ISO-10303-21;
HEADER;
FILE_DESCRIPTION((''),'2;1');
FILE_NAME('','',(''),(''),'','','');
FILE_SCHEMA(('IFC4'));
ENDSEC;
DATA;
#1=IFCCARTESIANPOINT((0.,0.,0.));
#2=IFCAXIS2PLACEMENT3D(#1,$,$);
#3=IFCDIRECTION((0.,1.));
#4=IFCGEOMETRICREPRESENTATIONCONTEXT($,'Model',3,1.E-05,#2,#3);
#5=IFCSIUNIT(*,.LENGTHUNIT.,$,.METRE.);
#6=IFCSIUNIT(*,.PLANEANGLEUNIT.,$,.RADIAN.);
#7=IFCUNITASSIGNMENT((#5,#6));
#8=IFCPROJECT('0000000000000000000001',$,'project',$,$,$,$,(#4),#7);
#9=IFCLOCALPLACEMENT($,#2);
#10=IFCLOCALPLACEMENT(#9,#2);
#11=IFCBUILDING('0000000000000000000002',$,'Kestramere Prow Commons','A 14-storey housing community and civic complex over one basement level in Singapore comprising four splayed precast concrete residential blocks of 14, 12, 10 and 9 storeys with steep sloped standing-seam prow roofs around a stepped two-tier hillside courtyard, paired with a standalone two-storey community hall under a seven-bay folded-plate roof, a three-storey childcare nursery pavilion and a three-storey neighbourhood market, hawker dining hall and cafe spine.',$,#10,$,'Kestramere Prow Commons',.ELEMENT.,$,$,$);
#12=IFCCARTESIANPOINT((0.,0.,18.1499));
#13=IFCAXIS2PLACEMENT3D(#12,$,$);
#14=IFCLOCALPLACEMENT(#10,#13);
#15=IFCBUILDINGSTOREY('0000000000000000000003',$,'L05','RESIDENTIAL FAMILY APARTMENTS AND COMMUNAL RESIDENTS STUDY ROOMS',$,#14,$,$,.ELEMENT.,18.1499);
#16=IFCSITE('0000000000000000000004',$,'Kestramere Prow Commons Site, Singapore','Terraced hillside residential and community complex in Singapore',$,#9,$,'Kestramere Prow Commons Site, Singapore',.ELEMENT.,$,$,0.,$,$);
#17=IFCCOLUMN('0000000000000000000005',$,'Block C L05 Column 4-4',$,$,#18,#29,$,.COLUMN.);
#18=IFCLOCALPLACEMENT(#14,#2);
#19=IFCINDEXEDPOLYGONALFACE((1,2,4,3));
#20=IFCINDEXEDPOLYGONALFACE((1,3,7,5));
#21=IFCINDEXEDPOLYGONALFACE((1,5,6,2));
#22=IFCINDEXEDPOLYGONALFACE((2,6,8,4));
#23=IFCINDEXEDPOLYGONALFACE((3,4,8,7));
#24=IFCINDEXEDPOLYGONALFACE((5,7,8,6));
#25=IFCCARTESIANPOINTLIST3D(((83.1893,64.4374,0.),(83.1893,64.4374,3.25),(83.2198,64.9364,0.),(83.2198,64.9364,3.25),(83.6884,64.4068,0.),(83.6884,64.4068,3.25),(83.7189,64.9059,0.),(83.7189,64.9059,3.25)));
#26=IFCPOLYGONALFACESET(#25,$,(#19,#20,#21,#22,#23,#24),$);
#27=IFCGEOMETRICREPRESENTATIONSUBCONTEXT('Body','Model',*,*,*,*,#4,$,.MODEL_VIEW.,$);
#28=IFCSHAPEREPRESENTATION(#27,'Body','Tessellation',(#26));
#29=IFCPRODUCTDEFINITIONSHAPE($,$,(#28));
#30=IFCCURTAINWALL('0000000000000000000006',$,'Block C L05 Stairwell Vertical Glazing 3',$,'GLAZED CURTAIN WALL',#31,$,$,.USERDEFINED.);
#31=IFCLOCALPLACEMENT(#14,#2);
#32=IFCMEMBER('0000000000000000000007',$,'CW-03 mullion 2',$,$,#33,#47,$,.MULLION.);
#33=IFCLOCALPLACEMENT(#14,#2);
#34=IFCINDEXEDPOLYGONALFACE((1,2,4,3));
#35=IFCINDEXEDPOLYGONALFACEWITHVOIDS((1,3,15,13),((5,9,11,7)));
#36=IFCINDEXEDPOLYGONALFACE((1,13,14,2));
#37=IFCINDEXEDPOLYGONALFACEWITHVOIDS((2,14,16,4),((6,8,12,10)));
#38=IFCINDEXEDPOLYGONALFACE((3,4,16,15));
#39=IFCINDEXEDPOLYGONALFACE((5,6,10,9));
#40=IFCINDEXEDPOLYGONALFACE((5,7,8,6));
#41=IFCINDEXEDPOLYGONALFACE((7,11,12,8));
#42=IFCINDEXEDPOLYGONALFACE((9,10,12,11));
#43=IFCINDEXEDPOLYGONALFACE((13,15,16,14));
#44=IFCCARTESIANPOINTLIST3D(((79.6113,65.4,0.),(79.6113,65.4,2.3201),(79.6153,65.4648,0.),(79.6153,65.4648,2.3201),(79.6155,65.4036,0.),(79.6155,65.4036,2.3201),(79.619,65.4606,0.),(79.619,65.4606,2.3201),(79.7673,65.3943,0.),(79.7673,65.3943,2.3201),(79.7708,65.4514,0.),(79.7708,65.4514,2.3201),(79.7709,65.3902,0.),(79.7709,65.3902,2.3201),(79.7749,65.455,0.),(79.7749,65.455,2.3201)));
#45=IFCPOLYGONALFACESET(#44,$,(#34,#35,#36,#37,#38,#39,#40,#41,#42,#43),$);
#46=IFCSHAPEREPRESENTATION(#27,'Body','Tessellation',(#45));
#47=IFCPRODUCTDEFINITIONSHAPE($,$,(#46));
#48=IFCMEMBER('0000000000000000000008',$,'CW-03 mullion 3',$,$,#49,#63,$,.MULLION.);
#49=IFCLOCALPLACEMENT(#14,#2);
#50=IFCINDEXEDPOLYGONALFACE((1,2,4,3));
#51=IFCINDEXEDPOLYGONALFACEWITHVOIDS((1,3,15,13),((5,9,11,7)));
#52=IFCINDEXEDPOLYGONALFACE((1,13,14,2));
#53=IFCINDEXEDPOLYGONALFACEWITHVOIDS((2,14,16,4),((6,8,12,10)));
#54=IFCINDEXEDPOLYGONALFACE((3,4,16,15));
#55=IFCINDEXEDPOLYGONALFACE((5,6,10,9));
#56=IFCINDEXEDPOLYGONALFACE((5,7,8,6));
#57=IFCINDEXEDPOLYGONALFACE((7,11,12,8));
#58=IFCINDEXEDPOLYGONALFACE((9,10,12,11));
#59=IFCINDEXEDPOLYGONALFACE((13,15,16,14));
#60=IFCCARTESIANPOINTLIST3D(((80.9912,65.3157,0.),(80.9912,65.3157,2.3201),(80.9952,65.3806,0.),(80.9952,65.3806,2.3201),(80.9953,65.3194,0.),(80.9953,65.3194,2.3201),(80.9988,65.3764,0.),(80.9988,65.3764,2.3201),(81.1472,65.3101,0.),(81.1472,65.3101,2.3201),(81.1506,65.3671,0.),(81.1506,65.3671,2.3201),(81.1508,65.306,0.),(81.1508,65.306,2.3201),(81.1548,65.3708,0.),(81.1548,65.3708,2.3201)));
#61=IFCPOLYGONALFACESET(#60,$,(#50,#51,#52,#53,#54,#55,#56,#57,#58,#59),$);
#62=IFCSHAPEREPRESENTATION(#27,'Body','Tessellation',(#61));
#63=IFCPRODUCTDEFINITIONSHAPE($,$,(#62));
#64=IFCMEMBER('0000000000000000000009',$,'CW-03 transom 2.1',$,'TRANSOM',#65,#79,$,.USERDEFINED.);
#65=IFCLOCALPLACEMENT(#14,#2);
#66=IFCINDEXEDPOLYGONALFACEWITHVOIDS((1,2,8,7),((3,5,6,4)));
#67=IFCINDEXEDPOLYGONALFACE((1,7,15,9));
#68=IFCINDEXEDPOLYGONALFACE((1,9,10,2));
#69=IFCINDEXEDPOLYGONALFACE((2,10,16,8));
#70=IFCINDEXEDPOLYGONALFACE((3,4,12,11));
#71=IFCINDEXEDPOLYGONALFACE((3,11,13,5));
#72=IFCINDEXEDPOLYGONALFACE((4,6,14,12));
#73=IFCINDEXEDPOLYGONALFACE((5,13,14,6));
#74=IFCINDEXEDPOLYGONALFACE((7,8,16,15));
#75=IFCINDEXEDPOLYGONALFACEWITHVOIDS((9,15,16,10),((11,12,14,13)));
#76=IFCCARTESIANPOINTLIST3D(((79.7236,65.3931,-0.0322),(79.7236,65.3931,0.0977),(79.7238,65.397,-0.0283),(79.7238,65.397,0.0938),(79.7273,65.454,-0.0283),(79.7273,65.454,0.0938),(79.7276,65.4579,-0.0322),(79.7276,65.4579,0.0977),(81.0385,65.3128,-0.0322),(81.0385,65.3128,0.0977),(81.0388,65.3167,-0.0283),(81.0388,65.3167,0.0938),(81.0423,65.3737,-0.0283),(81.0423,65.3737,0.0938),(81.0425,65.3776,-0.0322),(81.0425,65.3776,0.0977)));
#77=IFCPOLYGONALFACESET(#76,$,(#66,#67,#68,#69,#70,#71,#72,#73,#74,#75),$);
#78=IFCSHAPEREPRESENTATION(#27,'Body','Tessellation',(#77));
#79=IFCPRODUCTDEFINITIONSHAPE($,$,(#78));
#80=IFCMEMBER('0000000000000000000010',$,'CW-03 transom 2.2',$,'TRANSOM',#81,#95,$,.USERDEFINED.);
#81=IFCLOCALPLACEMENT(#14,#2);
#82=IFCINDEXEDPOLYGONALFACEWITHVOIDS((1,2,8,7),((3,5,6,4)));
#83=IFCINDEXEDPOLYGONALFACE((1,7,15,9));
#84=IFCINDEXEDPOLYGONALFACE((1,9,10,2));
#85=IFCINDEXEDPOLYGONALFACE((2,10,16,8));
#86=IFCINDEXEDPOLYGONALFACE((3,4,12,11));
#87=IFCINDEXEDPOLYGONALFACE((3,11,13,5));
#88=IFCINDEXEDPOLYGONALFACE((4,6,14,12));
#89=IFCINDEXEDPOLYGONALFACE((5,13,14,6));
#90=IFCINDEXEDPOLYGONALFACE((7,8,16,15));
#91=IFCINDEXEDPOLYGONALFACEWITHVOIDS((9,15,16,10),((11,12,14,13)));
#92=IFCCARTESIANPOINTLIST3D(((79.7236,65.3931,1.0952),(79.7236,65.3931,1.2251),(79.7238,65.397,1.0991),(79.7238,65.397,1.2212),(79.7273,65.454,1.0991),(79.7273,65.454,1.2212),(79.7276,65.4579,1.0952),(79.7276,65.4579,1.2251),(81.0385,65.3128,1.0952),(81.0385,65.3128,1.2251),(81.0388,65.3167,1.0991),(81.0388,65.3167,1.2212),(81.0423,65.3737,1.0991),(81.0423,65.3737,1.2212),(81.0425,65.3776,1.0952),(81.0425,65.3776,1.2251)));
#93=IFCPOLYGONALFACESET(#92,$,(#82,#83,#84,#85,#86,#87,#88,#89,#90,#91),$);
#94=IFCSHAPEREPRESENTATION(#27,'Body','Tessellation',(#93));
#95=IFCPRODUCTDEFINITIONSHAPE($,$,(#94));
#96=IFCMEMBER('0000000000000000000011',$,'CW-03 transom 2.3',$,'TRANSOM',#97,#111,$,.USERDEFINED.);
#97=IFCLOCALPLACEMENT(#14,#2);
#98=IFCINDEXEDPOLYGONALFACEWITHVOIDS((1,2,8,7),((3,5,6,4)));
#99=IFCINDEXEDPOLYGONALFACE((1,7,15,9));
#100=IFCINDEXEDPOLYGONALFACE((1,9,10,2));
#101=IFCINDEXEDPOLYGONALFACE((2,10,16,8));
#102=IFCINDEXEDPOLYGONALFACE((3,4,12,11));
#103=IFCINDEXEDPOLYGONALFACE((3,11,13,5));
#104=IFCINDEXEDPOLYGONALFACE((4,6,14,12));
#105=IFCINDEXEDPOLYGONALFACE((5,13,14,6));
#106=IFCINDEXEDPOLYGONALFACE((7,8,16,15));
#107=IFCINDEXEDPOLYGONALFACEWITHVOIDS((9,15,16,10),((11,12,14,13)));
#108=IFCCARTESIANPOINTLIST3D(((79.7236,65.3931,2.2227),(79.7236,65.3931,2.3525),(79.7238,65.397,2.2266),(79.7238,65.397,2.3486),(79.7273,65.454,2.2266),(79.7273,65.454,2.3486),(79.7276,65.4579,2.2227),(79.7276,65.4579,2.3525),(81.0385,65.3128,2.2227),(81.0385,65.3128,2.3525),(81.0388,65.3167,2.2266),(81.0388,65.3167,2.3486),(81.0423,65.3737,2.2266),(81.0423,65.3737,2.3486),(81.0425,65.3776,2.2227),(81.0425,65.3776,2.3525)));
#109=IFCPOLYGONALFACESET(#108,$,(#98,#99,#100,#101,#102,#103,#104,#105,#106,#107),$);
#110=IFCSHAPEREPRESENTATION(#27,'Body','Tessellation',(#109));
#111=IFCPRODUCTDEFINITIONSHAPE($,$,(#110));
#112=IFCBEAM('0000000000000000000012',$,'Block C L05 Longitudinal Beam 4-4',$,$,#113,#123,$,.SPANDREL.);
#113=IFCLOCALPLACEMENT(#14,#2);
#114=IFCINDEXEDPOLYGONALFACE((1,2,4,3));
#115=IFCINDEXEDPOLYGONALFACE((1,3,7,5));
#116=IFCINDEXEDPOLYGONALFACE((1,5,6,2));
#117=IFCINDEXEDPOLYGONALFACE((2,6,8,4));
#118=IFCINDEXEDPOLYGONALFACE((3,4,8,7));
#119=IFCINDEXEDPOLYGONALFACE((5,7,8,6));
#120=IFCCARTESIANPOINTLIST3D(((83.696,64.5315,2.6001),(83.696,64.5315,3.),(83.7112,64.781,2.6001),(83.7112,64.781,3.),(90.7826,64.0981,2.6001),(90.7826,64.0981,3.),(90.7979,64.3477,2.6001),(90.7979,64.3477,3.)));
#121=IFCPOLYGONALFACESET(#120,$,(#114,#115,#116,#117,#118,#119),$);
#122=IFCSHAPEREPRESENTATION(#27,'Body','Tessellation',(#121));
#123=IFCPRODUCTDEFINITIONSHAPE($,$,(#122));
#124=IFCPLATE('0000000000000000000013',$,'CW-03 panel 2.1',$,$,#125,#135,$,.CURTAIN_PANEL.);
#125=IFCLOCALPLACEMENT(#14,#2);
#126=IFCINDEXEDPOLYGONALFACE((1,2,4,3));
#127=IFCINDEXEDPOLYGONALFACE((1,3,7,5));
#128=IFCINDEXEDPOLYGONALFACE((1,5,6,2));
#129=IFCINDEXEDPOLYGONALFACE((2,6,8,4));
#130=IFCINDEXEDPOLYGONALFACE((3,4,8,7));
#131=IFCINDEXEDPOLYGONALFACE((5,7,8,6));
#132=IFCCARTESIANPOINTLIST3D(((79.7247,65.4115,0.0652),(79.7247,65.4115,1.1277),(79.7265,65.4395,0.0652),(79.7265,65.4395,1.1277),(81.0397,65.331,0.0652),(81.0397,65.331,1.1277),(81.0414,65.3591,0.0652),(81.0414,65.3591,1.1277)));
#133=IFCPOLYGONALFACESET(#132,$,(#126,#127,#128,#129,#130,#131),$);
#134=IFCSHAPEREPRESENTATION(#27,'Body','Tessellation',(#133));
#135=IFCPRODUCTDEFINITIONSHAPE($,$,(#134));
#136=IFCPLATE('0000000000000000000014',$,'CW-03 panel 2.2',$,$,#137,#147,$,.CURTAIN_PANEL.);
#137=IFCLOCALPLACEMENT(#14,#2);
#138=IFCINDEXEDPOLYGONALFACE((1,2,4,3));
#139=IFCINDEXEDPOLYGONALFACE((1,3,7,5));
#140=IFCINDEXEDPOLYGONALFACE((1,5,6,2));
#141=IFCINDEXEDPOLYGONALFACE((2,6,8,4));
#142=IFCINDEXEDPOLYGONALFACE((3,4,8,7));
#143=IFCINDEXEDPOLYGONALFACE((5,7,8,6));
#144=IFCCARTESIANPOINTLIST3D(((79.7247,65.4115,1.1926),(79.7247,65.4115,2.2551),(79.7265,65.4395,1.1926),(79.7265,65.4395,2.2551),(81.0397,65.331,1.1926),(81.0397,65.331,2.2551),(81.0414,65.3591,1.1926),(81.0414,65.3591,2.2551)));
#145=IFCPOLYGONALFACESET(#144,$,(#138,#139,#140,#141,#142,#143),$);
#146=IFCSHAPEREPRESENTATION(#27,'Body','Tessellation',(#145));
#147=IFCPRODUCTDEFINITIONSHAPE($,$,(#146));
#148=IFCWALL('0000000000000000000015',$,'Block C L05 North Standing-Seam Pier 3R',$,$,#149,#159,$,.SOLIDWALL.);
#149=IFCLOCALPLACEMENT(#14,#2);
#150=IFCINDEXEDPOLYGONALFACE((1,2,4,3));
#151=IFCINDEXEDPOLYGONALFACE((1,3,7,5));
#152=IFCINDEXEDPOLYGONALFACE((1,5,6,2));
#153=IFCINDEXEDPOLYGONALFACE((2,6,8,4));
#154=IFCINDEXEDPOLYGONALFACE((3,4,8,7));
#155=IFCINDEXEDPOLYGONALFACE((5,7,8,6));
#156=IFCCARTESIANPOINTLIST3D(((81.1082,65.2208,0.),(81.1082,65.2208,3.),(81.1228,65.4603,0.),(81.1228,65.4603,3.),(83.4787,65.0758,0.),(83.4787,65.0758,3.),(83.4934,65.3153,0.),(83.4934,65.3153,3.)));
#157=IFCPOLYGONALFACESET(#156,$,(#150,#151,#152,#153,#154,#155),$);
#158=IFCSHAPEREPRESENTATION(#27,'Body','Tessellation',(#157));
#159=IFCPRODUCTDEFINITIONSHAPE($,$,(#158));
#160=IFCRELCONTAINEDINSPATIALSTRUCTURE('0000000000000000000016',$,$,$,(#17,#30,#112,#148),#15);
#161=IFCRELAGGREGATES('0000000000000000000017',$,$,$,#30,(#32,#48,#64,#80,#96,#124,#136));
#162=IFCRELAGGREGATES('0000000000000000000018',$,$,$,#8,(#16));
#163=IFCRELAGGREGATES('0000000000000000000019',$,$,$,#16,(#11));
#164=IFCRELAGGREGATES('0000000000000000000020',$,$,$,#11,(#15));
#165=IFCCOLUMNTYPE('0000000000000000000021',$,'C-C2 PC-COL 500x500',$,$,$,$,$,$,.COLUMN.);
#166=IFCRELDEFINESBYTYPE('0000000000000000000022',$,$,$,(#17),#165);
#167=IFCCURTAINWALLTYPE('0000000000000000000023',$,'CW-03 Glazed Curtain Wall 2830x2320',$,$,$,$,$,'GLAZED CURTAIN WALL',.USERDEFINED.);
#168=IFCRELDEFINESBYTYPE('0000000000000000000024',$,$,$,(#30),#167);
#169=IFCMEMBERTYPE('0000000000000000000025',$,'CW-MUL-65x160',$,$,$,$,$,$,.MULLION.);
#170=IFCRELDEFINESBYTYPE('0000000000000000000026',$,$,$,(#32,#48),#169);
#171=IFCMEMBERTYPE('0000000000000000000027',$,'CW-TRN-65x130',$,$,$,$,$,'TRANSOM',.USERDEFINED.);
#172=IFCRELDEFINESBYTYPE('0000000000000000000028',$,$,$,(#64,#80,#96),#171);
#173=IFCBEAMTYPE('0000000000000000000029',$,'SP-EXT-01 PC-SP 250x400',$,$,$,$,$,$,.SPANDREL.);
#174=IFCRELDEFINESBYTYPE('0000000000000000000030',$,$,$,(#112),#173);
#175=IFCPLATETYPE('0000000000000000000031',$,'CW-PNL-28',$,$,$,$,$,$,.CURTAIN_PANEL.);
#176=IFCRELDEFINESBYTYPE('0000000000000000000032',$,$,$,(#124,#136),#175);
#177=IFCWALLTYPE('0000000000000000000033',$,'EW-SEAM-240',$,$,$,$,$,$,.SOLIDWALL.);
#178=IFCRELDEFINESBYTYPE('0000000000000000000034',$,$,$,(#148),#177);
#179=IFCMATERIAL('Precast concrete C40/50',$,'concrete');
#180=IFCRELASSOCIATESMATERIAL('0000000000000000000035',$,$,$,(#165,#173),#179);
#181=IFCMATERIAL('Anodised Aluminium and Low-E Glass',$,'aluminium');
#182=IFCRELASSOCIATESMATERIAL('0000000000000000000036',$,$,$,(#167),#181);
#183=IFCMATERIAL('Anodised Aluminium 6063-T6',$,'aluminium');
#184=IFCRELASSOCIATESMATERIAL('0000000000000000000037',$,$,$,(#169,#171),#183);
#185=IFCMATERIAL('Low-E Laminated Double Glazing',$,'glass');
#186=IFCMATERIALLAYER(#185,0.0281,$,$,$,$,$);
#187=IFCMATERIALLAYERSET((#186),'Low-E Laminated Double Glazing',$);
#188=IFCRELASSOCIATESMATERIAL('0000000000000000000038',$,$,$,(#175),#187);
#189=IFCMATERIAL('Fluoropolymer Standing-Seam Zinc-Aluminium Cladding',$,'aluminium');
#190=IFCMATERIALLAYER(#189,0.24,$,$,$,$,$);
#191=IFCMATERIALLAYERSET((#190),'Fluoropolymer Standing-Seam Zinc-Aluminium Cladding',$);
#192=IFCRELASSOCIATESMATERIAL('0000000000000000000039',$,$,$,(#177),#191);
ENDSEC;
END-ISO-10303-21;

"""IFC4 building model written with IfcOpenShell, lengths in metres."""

from ifc_helpers import new_model, si_unit, direction, frame, frame_2d, origin, origin_2d, place, context, subcontext, project, spatial, rectangle, hollow_rectangle, extrude, material, layer, layer_set, material_profile, profile_set, type_object, element, aggregate, save


model = new_model("IFC4")

# Units and contexts
model_context = context("Model", 3, precision=1e-05, world=origin(), true_north=direction((0.0, 1.0)))
body_context = subcontext(model_context, "Body", "Model", "MODEL_VIEW")
ifc_project = project(units=[si_unit("LENGTHUNIT", "METRE"), si_unit("PLANEANGLEUNIT", "RADIAN")], contexts=[model_context])

# Site, building, storey
site_placement = place(None, origin())
site = spatial("IfcSite", under=ifc_project, at=site_placement, Name="Kestramere Prow Commons Site, Singapore", Description="Terraced hillside residential and community complex in Singapore", LongName="Kestramere Prow Commons Site, Singapore", CompositionType="ELEMENT", RefElevation=0.0)
building_placement = place(site_placement, origin())
building = spatial("IfcBuilding", under=site, at=building_placement, Name="Kestramere Prow Commons", Description="A 14-storey housing community and civic complex over one basement level in Singapore comprising four splayed precast concrete residential blocks of 14, 12, 10 and 9 storeys with steep sloped standing-seam prow roofs around a stepped two-tier hillside courtyard, paired with a standalone two-storey community hall under a seven-bay folded-plate roof, a three-storey childcare nursery pavilion and a three-storey neighbourhood market, hawker dining hall and cafe spine.", LongName="Kestramere Prow Commons", CompositionType="ELEMENT")
storey_placement = place(building_placement, frame((0.0, 0.0, 18.1499)))
storey = spatial("IfcBuildingStorey", under=building, at=storey_placement, Name="L05", Description="RESIDENTIAL FAMILY APARTMENTS AND COMMUNAL RESIDENTS STUDY ROOMS", CompositionType="ELEMENT", Elevation=18.1499)

# Column
ifc_material_1 = material(Name="Precast concrete C40/50", Category="concrete")
ifc_material_profile_1 = material_profile(ifc_material_1, rectangle(XDim=0.5, YDim=0.5, at=origin_2d()), Name="PC-COL 500x500")
ifc_profile_set_1 = profile_set([ifc_material_profile_1], Name="Precast concrete C40/50")
column_type = type_object("IfcColumnType", Name="C-C2 PC-COL 500x500", PredefinedType="COLUMN", material=ifc_profile_set_1)
column_placement = place(storey_placement, frame((83.4541, 64.6716, 0.0), z_axis=(0.0, 0.0, 1.0), x_axis=(0.998135, -0.061049, 0.0)))
element("IfcColumn", 1, at=column_placement, inside=storey, type_object=column_type, Name="Block C L05 Column 4-4", PredefinedType="COLUMN", context=body_context, shape_type="SweptSolid", body=[
    extrude(rectangle(XDim=0.5, YDim=0.5, at=origin_2d()), origin(), (0.0, 0.0, 1.0), 3.25),
])

# Curtain wall, members
ifc_material_2 = material(Name="Anodised Aluminium and Low-E Glass", Category="aluminium")
curtain_wall_type = type_object("IfcCurtainWallType", Name="CW-03 Glazed Curtain Wall 2830x2320", ElementType="GLAZED CURTAIN WALL", PredefinedType="USERDEFINED", material=ifc_material_2)
curtain_wall_placement = place(storey_placement, origin())
curtain_wall = element("IfcCurtainWall", 2, at=curtain_wall_placement, inside=storey, type_object=curtain_wall_type, Name="Block C L05 Stairwell Vertical Glazing 3", ObjectType="GLAZED CURTAIN WALL", PredefinedType="USERDEFINED")
ifc_material_3 = material(Name="Anodised Aluminium 6063-T6", Category="aluminium")
ifc_material_profile_2 = material_profile(ifc_material_3, hollow_rectangle(XDim=0.0649, YDim=0.1599, WallThickness=0.0039, at=origin_2d()), Name="ALU-MUL 65x160")
ifc_profile_set_2 = profile_set([ifc_material_profile_2], Name="Anodised Aluminium 6063-T6")
member_type_1 = type_object("IfcMemberType", Name="CW-MUL-65x160", PredefinedType="MULLION", material=ifc_profile_set_2)
member_1_placement = place(storey_placement, frame((79.6931, 65.4275, 0.0), z_axis=(0.0, 0.0, 1.0), x_axis=(0.061048, 0.998135, 0.0)))
member_1 = element("IfcMember", 3, at=member_1_placement, type_object=member_type_1, Name="CW-03 mullion 2", PredefinedType="MULLION", context=body_context, shape_type="SweptSolid", body=[
    extrude(hollow_rectangle(XDim=0.0649, YDim=0.1599, WallThickness=0.0039, at=origin_2d()), origin(), (0.0, 0.0, 1.0), 2.3201),
])
member_2_placement = place(storey_placement, frame((81.073, 65.3433, 0.0), z_axis=(0.0, 0.0, 1.0), x_axis=(0.061048, 0.998135, 0.0)))
member_2 = element("IfcMember", 4, at=member_2_placement, type_object=member_type_1, Name="CW-03 mullion 3", PredefinedType="MULLION", context=body_context, shape_type="SweptSolid", body=[
    extrude(hollow_rectangle(XDim=0.0649, YDim=0.1599, WallThickness=0.0039, at=origin_2d()), origin(), (0.0, 0.0, 1.0), 2.3201),
])
ifc_material_profile_3 = material_profile(ifc_material_3, hollow_rectangle(XDim=0.0649, YDim=0.1299, WallThickness=0.0039, at=origin_2d()), Name="ALU-TRN 65x130")
ifc_profile_set_3 = profile_set([ifc_material_profile_3], Name="Anodised Aluminium 6063-T6")
member_type_2 = type_object("IfcMemberType", Name="CW-TRN-65x130", ElementType="TRANSOM", PredefinedType="USERDEFINED", material=ifc_profile_set_3)
member_3_placement = place(storey_placement, frame((79.7256, 65.4255, 0.0327), z_axis=(0.99814, -0.060971, 0.0), x_axis=(0.060971, 0.99814, 0.0)))
member_3 = element("IfcMember", 5, at=member_3_placement, type_object=member_type_2, Name="CW-03 transom 2.1", ObjectType="TRANSOM", PredefinedType="USERDEFINED", context=body_context, shape_type="SweptSolid", body=[
    extrude(hollow_rectangle(XDim=0.0649, YDim=0.1299, WallThickness=0.0039, at=origin_2d()), origin(), (0.0, 0.0, 1.0), 1.3174),
])
member_4_placement = place(storey_placement, frame((79.7256, 65.4255, 1.1602), z_axis=(0.99814, -0.060971, 0.0), x_axis=(0.060971, 0.99814, 0.0)))
member_4 = element("IfcMember", 6, at=member_4_placement, type_object=member_type_2, Name="CW-03 transom 2.2", ObjectType="TRANSOM", PredefinedType="USERDEFINED", context=body_context, shape_type="SweptSolid", body=[
    extrude(hollow_rectangle(XDim=0.0649, YDim=0.1299, WallThickness=0.0039, at=origin_2d()), origin(), (0.0, 0.0, 1.0), 1.3174),
])
member_5_placement = place(storey_placement, frame((79.7256, 65.4255, 2.2876), z_axis=(0.99814, -0.060971, 0.0), x_axis=(0.060971, 0.99814, 0.0)))
member_5 = element("IfcMember", 7, at=member_5_placement, type_object=member_type_2, Name="CW-03 transom 2.3", ObjectType="TRANSOM", PredefinedType="USERDEFINED", context=body_context, shape_type="SweptSolid", body=[
    extrude(hollow_rectangle(XDim=0.0649, YDim=0.1299, WallThickness=0.0039, at=origin_2d()), origin(), (0.0, 0.0, 1.0), 1.3174),
])

# Beam
ifc_material_profile_4 = material_profile(ifc_material_1, rectangle(XDim=0.25, YDim=0.3999, at=origin_2d()), Name="PC-SP 250x400")
ifc_profile_set_4 = profile_set([ifc_material_profile_4], Name="Precast concrete C40/50")
beam_type = type_object("IfcBeamType", Name="SP-EXT-01 PC-SP 250x400", PredefinedType="SPANDREL", material=ifc_profile_set_4)
beam_placement = place(storey_placement, frame((83.7036, 64.6562, 2.8), z_axis=(0.998136, -0.061036, 0.0), x_axis=(0.061036, 0.998136, 0.0)))
element("IfcBeam", 8, at=beam_placement, inside=storey, type_object=beam_type, Name="Block C L05 Longitudinal Beam 4-4", PredefinedType="SPANDREL", context=body_context, shape_type="SweptSolid", body=[
    extrude(rectangle(XDim=0.25, YDim=0.3999, at=origin_2d()), origin(), (0.0, 0.0, 1.0), 7.0999),
])

# Plates
ifc_material_4 = material(Name="Low-E Laminated Double Glazing", Category="glass")
ifc_layer_1 = layer(ifc_material_4, 0.0281)
ifc_layer_set_1 = layer_set([ifc_layer_1], Name="Low-E Laminated Double Glazing")
plate_type = type_object("IfcPlateType", Name="CW-PNL-28", PredefinedType="CURTAIN_PANEL", material=ifc_layer_set_1)
plate_1_placement = place(storey_placement, frame((80.3831, 65.3853, 0.0652), z_axis=(0.0, 0.0, 1.0), x_axis=(0.998135, -0.061048, 0.0)))
plate_1 = element("IfcPlate", 9, at=plate_1_placement, type_object=plate_type, Name="CW-03 panel 2.1", PredefinedType="CURTAIN_PANEL", context=body_context, shape_type="SweptSolid", body=[
    extrude(rectangle(XDim=1.3174, YDim=0.0281, at=origin_2d()), origin(), (0.0, 0.0, 1.0), 1.0625),
])
plate_2_placement = place(storey_placement, frame((80.3831, 65.3853, 1.1926), z_axis=(0.0, 0.0, 1.0), x_axis=(0.998135, -0.061048, 0.0)))
plate_2 = element("IfcPlate", 10, at=plate_2_placement, type_object=plate_type, Name="CW-03 panel 2.2", PredefinedType="CURTAIN_PANEL", context=body_context, shape_type="SweptSolid", body=[
    extrude(rectangle(XDim=1.3174, YDim=0.0281, at=origin_2d()), origin(), (0.0, 0.0, 1.0), 1.0625),
])
aggregate(curtain_wall, [member_1, member_2, member_3, member_4, member_5, plate_1, plate_2])

# Wall
ifc_material_5 = material(Name="Fluoropolymer Standing-Seam Zinc-Aluminium Cladding", Category="aluminium")
ifc_layer_2 = layer(ifc_material_5, 0.24)
ifc_layer_set_2 = layer_set([ifc_layer_2], Name="Fluoropolymer Standing-Seam Zinc-Aluminium Cladding")
wall_type_1 = type_object("IfcWallType", Name="EW-SEAM-240", PredefinedType="SOLIDWALL", material=ifc_layer_set_2)
wall_1_placement = place(storey_placement, frame((81.1155, 65.3406, 0.0), z_axis=(0.0, 0.0, 1.0), x_axis=(0.998134, -0.06106, 0.0)))
element("IfcWall", 11, at=wall_1_placement, inside=storey, type_object=wall_type_1, Name="Block C L05 North Standing-Seam Pier 3R", PredefinedType="SOLIDWALL", context=body_context, shape_type="SweptSolid", body=[
    extrude(rectangle(XDim=2.375, YDim=0.24, at=frame_2d((1.1875, 0.0))), origin(), (0.0, 0.0, 1.0), 3.0),
])

save(model, "model.ifc")
